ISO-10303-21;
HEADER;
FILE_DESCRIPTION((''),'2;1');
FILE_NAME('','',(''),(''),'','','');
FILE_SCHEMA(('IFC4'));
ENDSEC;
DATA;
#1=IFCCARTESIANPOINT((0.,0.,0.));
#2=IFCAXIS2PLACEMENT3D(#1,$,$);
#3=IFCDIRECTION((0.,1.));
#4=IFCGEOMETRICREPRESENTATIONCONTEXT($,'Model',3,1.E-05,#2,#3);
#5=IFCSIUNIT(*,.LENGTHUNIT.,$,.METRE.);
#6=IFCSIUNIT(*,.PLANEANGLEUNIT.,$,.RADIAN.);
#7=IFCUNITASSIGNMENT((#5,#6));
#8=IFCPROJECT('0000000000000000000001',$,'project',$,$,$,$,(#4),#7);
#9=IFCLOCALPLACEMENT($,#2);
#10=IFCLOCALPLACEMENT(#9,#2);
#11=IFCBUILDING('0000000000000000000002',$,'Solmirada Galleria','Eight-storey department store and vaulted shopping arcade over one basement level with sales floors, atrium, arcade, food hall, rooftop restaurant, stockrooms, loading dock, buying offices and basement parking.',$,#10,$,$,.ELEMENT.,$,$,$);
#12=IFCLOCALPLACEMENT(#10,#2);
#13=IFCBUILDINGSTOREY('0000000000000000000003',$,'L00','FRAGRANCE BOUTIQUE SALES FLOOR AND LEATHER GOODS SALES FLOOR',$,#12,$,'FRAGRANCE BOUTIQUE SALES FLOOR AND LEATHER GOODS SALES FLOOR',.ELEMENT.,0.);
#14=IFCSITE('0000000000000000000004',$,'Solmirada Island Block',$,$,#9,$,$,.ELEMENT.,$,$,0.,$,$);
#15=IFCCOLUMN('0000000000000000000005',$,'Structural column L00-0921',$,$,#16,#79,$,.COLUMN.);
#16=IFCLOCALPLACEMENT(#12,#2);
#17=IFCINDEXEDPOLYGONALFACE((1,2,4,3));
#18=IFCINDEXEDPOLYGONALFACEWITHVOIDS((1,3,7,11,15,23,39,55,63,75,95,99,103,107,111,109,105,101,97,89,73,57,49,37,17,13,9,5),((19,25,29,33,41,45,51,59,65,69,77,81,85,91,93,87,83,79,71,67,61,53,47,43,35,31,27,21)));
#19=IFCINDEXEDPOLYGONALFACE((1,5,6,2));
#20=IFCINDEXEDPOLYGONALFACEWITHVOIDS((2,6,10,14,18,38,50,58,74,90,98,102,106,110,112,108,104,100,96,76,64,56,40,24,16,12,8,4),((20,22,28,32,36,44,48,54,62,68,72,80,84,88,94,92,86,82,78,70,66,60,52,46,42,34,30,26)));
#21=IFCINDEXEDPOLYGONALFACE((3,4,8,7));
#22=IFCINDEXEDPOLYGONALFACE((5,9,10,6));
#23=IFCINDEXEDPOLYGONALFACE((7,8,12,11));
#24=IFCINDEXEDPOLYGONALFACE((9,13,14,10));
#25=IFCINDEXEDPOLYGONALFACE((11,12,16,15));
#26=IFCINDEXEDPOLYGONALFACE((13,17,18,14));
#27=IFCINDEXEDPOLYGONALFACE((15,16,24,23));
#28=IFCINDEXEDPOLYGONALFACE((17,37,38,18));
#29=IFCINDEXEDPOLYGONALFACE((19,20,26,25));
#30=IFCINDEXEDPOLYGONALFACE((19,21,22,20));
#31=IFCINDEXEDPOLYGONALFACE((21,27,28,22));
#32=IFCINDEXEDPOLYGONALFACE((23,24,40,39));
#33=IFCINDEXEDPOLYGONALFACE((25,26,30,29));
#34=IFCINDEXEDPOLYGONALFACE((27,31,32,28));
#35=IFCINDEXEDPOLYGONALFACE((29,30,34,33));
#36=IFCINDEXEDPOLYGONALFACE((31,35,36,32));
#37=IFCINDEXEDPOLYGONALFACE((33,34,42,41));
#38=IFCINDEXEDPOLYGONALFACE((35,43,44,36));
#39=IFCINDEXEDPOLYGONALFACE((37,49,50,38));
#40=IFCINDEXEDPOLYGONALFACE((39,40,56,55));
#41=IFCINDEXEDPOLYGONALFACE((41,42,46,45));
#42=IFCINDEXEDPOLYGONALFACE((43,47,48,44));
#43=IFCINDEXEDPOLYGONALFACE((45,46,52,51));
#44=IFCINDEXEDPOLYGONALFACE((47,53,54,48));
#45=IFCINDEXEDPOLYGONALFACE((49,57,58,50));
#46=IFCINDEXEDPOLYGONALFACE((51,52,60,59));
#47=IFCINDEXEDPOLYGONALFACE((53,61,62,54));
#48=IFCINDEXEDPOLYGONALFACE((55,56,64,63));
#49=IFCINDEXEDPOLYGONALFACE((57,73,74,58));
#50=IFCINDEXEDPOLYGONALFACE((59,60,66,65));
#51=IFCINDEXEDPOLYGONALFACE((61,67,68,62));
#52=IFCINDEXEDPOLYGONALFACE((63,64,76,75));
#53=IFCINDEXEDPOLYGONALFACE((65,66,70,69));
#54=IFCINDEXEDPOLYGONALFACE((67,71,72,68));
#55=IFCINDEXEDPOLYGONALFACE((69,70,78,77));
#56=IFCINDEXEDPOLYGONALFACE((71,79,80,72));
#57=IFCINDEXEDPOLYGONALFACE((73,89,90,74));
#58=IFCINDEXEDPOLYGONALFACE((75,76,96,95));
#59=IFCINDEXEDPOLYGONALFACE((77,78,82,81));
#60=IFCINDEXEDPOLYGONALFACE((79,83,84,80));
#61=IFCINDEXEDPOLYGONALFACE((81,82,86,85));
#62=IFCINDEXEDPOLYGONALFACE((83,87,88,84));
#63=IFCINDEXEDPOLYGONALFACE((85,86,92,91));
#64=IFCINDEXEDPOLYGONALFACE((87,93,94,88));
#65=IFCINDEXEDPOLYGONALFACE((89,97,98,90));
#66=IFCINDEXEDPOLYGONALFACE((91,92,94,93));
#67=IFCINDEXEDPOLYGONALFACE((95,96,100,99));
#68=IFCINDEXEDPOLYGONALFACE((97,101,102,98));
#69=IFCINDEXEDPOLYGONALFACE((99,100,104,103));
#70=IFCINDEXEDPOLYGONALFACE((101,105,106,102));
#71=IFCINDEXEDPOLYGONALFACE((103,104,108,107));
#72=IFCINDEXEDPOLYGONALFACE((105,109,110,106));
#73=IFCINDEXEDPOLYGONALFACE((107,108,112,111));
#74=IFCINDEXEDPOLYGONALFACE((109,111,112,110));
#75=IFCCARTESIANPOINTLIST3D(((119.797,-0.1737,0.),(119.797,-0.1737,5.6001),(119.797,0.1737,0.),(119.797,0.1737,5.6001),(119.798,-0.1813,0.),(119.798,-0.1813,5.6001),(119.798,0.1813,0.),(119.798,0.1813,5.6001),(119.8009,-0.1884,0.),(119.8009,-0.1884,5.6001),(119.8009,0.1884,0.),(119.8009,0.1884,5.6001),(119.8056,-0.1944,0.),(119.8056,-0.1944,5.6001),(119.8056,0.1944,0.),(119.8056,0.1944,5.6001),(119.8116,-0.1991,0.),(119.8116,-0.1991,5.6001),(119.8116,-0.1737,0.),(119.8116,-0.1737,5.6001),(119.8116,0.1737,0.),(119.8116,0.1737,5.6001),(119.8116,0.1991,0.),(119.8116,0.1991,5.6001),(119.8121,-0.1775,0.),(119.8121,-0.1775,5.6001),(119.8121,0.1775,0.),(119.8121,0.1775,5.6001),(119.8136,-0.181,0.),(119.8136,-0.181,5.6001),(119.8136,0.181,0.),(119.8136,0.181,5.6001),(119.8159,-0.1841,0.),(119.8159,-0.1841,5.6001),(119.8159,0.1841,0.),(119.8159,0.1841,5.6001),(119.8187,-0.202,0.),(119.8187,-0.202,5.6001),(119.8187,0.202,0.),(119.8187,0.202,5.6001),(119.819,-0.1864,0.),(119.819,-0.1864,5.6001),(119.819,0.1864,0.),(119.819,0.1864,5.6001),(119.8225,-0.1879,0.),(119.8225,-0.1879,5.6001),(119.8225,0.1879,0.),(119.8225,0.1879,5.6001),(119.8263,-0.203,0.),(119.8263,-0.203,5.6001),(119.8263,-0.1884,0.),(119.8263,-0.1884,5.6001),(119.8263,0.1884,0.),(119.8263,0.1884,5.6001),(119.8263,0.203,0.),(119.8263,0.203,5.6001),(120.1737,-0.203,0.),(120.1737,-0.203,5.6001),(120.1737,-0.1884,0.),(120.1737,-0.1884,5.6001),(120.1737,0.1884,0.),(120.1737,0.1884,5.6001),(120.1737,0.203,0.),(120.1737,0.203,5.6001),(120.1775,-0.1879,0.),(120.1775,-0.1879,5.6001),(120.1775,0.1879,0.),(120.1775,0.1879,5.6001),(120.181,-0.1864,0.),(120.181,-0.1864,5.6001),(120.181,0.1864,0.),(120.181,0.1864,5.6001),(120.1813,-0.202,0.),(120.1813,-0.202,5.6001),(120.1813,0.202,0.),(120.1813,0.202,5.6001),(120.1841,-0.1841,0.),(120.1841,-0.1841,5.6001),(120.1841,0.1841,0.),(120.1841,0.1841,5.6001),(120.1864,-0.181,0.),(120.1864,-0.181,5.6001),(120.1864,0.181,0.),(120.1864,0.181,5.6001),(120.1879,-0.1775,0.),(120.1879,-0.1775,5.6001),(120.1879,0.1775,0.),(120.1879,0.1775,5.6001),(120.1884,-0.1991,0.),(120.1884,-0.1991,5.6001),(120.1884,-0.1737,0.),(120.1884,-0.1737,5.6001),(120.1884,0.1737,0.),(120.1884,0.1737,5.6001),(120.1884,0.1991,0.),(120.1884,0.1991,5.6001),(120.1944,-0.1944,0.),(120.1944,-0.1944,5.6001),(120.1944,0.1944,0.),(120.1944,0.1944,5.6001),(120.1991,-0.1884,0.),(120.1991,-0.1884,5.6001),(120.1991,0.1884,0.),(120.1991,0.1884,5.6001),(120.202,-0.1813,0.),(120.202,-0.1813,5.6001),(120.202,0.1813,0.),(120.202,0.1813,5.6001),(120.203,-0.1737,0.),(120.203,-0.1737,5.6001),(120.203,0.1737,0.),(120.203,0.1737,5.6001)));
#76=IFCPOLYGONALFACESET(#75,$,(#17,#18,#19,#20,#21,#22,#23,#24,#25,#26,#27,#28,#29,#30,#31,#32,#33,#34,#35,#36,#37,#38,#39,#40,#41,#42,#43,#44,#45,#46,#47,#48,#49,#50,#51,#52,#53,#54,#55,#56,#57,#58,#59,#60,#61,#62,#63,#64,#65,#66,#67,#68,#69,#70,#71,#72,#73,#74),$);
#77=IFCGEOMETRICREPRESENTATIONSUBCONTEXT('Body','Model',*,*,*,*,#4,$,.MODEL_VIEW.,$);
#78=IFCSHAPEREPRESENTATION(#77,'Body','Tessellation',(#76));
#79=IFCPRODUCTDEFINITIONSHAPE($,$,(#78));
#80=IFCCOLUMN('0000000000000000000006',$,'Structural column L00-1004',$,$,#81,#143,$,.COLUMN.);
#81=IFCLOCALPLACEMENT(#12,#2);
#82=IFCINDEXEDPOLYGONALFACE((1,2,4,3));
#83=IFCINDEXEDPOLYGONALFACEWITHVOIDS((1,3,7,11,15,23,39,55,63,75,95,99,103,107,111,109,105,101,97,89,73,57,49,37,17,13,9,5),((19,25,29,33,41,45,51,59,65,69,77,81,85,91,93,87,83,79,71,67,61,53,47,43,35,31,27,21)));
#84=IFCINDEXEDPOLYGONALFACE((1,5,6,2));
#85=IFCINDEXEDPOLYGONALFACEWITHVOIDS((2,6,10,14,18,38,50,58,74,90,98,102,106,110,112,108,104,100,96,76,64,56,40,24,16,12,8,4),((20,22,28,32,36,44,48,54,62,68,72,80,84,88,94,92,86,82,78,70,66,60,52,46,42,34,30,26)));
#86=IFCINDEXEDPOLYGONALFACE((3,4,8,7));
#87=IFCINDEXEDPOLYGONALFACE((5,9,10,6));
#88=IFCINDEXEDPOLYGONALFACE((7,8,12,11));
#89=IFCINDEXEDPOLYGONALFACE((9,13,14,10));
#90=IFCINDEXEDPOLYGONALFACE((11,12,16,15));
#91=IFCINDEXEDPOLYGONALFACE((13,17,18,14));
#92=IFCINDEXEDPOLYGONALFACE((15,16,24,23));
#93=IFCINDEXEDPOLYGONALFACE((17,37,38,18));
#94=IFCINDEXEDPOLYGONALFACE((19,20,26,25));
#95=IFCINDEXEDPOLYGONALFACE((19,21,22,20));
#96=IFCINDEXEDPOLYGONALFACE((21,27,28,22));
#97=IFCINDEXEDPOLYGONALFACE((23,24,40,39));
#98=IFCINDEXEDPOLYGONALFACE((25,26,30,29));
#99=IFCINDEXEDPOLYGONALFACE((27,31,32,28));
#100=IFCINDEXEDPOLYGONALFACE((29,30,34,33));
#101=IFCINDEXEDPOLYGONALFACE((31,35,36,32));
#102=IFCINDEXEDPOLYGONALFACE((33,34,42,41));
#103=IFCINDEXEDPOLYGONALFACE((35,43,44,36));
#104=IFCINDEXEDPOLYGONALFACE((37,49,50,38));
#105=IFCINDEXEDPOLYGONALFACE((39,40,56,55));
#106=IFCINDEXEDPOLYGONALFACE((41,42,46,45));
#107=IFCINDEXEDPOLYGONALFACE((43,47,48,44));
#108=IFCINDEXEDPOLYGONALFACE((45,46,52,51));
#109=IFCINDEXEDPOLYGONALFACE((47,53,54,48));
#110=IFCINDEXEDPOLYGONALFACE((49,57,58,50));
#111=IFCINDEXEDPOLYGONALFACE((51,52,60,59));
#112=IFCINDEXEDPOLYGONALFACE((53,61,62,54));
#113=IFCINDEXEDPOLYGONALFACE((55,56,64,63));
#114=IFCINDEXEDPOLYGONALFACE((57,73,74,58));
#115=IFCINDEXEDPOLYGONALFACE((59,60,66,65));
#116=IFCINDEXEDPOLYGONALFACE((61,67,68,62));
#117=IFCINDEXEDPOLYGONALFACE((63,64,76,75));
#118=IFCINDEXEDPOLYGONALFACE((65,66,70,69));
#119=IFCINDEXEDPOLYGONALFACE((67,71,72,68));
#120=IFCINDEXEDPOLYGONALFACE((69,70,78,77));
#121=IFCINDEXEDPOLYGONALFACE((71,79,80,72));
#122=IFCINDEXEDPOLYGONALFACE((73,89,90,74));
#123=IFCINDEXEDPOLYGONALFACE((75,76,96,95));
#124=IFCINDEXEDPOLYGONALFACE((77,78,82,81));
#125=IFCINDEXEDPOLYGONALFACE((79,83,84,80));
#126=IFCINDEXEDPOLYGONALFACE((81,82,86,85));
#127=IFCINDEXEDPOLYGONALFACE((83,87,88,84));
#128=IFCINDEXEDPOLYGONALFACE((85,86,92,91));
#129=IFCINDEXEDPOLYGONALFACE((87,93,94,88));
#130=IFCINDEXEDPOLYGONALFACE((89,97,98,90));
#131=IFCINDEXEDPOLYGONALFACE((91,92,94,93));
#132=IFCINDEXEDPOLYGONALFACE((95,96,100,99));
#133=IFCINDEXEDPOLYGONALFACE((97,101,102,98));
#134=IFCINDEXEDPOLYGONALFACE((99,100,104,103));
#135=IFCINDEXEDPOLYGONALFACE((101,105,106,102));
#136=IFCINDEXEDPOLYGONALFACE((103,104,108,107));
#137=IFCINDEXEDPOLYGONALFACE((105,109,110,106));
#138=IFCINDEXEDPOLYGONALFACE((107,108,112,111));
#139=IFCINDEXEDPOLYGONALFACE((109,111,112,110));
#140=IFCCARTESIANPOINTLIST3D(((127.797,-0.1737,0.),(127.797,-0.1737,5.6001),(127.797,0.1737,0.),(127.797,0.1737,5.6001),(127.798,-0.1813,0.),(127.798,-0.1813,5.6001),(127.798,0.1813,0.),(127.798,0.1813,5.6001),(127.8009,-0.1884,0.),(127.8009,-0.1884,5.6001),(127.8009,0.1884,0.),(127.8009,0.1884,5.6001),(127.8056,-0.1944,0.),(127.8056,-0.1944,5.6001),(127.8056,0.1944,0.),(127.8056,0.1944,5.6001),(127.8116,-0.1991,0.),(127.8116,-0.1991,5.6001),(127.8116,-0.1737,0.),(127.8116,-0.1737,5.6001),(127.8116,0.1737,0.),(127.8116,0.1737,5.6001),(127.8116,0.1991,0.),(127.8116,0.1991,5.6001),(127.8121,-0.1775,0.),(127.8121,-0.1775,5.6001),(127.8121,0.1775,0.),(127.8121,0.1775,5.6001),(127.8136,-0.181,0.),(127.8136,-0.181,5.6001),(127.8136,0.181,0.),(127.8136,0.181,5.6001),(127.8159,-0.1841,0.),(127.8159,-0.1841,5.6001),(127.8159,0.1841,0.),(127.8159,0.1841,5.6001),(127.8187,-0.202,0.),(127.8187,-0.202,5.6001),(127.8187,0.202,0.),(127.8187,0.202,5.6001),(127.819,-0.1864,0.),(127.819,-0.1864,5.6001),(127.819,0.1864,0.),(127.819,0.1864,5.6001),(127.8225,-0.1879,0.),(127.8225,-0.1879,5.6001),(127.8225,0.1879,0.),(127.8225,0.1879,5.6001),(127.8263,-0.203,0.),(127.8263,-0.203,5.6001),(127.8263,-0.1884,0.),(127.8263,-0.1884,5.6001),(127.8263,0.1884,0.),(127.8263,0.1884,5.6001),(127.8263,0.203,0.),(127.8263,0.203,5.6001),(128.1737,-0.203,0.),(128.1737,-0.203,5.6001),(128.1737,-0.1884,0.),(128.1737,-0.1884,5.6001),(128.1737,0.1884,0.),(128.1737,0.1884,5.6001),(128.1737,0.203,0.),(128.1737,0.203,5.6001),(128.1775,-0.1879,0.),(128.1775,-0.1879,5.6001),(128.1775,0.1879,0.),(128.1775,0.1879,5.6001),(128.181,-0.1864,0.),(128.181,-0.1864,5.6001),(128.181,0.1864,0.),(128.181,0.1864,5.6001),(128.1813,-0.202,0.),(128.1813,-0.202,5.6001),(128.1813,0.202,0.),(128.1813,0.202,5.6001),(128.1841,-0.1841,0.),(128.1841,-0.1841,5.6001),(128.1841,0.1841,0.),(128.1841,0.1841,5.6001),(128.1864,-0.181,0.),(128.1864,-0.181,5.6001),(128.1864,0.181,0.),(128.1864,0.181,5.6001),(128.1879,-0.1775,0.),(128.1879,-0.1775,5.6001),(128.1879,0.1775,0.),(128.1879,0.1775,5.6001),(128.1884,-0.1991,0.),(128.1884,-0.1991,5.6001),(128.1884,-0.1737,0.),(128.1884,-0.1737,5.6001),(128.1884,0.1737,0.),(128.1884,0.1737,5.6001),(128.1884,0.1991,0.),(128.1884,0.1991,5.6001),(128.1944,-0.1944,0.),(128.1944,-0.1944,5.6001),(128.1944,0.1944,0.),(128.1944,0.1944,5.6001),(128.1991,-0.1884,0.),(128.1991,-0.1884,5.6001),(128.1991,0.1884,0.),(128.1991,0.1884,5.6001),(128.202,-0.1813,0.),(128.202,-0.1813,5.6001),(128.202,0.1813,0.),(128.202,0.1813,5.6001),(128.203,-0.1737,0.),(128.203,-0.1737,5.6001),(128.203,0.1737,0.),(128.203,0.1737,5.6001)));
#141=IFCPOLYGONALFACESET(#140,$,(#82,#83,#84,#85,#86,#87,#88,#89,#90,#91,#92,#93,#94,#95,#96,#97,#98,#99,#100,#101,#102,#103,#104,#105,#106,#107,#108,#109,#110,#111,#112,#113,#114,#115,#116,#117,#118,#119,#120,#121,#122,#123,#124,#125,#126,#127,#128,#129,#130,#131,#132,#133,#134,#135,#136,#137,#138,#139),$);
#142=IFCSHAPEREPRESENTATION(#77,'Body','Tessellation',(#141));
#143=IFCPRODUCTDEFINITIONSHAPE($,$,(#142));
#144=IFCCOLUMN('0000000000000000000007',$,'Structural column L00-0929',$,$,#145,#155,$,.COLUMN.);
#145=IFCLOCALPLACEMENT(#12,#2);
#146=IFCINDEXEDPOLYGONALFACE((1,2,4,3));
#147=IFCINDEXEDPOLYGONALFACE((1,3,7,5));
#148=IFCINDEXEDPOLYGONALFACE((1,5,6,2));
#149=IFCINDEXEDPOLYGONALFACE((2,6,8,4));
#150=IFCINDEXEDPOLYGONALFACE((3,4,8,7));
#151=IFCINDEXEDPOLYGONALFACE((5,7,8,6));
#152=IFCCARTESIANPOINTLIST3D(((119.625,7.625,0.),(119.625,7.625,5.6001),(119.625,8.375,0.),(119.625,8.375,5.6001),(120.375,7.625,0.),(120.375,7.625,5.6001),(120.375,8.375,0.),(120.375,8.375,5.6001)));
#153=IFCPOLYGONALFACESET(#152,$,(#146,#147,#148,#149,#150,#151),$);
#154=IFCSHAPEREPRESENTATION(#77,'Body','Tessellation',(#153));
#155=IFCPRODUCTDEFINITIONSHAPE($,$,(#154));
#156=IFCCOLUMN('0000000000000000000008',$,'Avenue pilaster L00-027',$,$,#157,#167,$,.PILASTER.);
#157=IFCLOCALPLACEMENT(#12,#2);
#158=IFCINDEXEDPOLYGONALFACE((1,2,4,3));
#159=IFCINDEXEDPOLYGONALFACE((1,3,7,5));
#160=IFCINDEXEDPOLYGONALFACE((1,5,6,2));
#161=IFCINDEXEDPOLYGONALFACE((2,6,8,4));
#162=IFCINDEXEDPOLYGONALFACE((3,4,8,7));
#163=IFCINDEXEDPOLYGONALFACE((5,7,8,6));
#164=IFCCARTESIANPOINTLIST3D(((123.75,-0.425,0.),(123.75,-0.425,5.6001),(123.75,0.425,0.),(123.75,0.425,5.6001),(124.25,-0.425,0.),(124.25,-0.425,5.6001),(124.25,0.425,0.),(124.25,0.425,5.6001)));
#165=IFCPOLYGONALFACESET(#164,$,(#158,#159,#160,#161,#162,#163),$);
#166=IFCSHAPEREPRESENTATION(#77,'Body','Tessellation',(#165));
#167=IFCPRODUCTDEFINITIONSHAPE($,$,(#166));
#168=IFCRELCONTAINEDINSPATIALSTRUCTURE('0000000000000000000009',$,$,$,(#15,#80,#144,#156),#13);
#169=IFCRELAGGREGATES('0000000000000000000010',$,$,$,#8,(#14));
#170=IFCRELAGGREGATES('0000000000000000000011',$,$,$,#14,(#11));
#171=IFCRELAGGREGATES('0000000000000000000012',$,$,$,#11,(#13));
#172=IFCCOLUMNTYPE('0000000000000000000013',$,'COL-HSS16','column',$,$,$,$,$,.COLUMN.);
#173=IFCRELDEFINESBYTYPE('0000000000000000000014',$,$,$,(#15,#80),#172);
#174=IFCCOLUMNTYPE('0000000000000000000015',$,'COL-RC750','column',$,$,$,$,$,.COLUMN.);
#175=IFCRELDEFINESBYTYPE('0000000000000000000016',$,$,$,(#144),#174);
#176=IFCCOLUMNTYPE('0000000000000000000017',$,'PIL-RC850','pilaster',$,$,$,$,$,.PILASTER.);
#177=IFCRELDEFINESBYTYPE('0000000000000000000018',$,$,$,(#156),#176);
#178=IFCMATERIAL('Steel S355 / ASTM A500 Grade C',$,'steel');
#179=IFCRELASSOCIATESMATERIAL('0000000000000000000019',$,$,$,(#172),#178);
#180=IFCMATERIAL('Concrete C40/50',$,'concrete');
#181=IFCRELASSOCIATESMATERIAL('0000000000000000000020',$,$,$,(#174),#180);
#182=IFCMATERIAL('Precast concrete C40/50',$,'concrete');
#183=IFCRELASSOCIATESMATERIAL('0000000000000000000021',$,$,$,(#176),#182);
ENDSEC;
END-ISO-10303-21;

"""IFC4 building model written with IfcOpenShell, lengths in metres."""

from ifc_helpers import new_model, si_unit, direction, frame, origin, origin_2d, place, context, subcontext, project, spatial, rectangle, hollow_rectangle, extrude, material, material_profile, profile_set, type_object, element, save


model = new_model("IFC4")

# Units and contexts
model_context = context("Model", 3, precision=1e-05, world=origin(), true_north=direction((0.0, 1.0)))
body_context = subcontext(model_context, "Body", "Model", "MODEL_VIEW")
ifc_project = project(units=[si_unit("LENGTHUNIT", "METRE"), si_unit("PLANEANGLEUNIT", "RADIAN")], contexts=[model_context])

# Site, building, storey
site_placement = place(None, origin())
site = spatial("IfcSite", under=ifc_project, at=site_placement, Name="Solmirada Island Block", CompositionType="ELEMENT", RefElevation=0.0)
building_placement = place(site_placement, origin())
building = spatial("IfcBuilding", under=site, at=building_placement, Name="Solmirada Galleria", Description="Eight-storey department store and vaulted shopping arcade over one basement level with sales floors, atrium, arcade, food hall, rooftop restaurant, stockrooms, loading dock, buying offices and basement parking.", CompositionType="ELEMENT")
storey_placement = place(building_placement, origin())
storey = spatial("IfcBuildingStorey", under=building, at=storey_placement, Name="L00", Description="FRAGRANCE BOUTIQUE SALES FLOOR AND LEATHER GOODS SALES FLOOR", LongName="FRAGRANCE BOUTIQUE SALES FLOOR AND LEATHER GOODS SALES FLOOR", CompositionType="ELEMENT", Elevation=0.0)

# Columns
ifc_material_1 = material(Name="Steel S355 / ASTM A500 Grade C", Category="steel")
ifc_material_profile_1 = material_profile(ifc_material_1, hollow_rectangle(XDim=0.406, YDim=0.406, WallThickness=0.0146, InnerFilletRadius=0.0146, OuterFilletRadius=0.0293, at=origin_2d()), Name="HSS16X16X5/8")
ifc_profile_set_1 = profile_set([ifc_material_profile_1], Name="Steel S355 / ASTM A500 Grade C")
column_type_1 = type_object("IfcColumnType", Name="COL-HSS16", Description="column", PredefinedType="COLUMN", material=ifc_profile_set_1)
for number, where, z_axis, x_axis, name in (
    (1, (120.0, 0.0, 0.0), (0.0, 0.0, 1.0), (1.0, 0.0, 0.0), "Structural column L00-0921"),
    (2, (128.0, 0.0, 0.0), (0.0, 0.0, 1.0), (1.0, 0.0, 0.0), "Structural column L00-1004"),
):
    element("IfcColumn", number, at=place(storey_placement, frame(where, z_axis=z_axis, x_axis=x_axis)), inside=storey, type_object=column_type_1, Name=name, PredefinedType="COLUMN", context=body_context, shape_type="SweptSolid", body=[
        extrude(hollow_rectangle(XDim=0.406, YDim=0.406, WallThickness=0.0146, InnerFilletRadius=0.0146, OuterFilletRadius=0.0293, at=origin_2d()), origin(), (0.0, 0.0, 1.0), 5.6001),
    ])
ifc_material_2 = material(Name="Concrete C40/50", Category="concrete")
ifc_material_profile_2 = material_profile(ifc_material_2, rectangle(XDim=0.75, YDim=0.75, at=origin_2d()), Name="RC750X750")
ifc_profile_set_2 = profile_set([ifc_material_profile_2], Name="Concrete C40/50")
column_type_2 = type_object("IfcColumnType", Name="COL-RC750", Description="column", PredefinedType="COLUMN", material=ifc_profile_set_2)
column_1_placement = place(storey_placement, frame((120.0, 8.0, 0.0), z_axis=(0.0, 0.0, 1.0), x_axis=(1.0, 0.0, 0.0)))
element("IfcColumn", 3, at=column_1_placement, inside=storey, type_object=column_type_2, Name="Structural column L00-0929", PredefinedType="COLUMN", context=body_context, shape_type="SweptSolid", body=[
    extrude(rectangle(XDim=0.75, YDim=0.75, at=origin_2d()), origin(), (0.0, 0.0, 1.0), 5.6001),
])
ifc_material_3 = material(Name="Precast concrete C40/50", Category="concrete")
ifc_material_profile_3 = material_profile(ifc_material_3, rectangle(XDim=0.5, YDim=0.8501, at=origin_2d()), Name="RC850X500")
ifc_profile_set_3 = profile_set([ifc_material_profile_3], Name="Precast concrete C40/50")
column_type_3 = type_object("IfcColumnType", Name="PIL-RC850", Description="pilaster", PredefinedType="PILASTER", material=ifc_profile_set_3)
column_2_placement = place(storey_placement, frame((124.0, 0.0, 0.0), z_axis=(0.0, 0.0, 1.0), x_axis=(1.0, 0.0, 0.0)))
element("IfcColumn", 4, at=column_2_placement, inside=storey, type_object=column_type_3, Name="Avenue pilaster L00-027", PredefinedType="PILASTER", context=body_context, shape_type="SweptSolid", body=[
    extrude(rectangle(XDim=0.5, YDim=0.8501, at=origin_2d()), origin(), (0.0, 0.0, 1.0), 5.6001),
])

save(model, "model.ifc")
